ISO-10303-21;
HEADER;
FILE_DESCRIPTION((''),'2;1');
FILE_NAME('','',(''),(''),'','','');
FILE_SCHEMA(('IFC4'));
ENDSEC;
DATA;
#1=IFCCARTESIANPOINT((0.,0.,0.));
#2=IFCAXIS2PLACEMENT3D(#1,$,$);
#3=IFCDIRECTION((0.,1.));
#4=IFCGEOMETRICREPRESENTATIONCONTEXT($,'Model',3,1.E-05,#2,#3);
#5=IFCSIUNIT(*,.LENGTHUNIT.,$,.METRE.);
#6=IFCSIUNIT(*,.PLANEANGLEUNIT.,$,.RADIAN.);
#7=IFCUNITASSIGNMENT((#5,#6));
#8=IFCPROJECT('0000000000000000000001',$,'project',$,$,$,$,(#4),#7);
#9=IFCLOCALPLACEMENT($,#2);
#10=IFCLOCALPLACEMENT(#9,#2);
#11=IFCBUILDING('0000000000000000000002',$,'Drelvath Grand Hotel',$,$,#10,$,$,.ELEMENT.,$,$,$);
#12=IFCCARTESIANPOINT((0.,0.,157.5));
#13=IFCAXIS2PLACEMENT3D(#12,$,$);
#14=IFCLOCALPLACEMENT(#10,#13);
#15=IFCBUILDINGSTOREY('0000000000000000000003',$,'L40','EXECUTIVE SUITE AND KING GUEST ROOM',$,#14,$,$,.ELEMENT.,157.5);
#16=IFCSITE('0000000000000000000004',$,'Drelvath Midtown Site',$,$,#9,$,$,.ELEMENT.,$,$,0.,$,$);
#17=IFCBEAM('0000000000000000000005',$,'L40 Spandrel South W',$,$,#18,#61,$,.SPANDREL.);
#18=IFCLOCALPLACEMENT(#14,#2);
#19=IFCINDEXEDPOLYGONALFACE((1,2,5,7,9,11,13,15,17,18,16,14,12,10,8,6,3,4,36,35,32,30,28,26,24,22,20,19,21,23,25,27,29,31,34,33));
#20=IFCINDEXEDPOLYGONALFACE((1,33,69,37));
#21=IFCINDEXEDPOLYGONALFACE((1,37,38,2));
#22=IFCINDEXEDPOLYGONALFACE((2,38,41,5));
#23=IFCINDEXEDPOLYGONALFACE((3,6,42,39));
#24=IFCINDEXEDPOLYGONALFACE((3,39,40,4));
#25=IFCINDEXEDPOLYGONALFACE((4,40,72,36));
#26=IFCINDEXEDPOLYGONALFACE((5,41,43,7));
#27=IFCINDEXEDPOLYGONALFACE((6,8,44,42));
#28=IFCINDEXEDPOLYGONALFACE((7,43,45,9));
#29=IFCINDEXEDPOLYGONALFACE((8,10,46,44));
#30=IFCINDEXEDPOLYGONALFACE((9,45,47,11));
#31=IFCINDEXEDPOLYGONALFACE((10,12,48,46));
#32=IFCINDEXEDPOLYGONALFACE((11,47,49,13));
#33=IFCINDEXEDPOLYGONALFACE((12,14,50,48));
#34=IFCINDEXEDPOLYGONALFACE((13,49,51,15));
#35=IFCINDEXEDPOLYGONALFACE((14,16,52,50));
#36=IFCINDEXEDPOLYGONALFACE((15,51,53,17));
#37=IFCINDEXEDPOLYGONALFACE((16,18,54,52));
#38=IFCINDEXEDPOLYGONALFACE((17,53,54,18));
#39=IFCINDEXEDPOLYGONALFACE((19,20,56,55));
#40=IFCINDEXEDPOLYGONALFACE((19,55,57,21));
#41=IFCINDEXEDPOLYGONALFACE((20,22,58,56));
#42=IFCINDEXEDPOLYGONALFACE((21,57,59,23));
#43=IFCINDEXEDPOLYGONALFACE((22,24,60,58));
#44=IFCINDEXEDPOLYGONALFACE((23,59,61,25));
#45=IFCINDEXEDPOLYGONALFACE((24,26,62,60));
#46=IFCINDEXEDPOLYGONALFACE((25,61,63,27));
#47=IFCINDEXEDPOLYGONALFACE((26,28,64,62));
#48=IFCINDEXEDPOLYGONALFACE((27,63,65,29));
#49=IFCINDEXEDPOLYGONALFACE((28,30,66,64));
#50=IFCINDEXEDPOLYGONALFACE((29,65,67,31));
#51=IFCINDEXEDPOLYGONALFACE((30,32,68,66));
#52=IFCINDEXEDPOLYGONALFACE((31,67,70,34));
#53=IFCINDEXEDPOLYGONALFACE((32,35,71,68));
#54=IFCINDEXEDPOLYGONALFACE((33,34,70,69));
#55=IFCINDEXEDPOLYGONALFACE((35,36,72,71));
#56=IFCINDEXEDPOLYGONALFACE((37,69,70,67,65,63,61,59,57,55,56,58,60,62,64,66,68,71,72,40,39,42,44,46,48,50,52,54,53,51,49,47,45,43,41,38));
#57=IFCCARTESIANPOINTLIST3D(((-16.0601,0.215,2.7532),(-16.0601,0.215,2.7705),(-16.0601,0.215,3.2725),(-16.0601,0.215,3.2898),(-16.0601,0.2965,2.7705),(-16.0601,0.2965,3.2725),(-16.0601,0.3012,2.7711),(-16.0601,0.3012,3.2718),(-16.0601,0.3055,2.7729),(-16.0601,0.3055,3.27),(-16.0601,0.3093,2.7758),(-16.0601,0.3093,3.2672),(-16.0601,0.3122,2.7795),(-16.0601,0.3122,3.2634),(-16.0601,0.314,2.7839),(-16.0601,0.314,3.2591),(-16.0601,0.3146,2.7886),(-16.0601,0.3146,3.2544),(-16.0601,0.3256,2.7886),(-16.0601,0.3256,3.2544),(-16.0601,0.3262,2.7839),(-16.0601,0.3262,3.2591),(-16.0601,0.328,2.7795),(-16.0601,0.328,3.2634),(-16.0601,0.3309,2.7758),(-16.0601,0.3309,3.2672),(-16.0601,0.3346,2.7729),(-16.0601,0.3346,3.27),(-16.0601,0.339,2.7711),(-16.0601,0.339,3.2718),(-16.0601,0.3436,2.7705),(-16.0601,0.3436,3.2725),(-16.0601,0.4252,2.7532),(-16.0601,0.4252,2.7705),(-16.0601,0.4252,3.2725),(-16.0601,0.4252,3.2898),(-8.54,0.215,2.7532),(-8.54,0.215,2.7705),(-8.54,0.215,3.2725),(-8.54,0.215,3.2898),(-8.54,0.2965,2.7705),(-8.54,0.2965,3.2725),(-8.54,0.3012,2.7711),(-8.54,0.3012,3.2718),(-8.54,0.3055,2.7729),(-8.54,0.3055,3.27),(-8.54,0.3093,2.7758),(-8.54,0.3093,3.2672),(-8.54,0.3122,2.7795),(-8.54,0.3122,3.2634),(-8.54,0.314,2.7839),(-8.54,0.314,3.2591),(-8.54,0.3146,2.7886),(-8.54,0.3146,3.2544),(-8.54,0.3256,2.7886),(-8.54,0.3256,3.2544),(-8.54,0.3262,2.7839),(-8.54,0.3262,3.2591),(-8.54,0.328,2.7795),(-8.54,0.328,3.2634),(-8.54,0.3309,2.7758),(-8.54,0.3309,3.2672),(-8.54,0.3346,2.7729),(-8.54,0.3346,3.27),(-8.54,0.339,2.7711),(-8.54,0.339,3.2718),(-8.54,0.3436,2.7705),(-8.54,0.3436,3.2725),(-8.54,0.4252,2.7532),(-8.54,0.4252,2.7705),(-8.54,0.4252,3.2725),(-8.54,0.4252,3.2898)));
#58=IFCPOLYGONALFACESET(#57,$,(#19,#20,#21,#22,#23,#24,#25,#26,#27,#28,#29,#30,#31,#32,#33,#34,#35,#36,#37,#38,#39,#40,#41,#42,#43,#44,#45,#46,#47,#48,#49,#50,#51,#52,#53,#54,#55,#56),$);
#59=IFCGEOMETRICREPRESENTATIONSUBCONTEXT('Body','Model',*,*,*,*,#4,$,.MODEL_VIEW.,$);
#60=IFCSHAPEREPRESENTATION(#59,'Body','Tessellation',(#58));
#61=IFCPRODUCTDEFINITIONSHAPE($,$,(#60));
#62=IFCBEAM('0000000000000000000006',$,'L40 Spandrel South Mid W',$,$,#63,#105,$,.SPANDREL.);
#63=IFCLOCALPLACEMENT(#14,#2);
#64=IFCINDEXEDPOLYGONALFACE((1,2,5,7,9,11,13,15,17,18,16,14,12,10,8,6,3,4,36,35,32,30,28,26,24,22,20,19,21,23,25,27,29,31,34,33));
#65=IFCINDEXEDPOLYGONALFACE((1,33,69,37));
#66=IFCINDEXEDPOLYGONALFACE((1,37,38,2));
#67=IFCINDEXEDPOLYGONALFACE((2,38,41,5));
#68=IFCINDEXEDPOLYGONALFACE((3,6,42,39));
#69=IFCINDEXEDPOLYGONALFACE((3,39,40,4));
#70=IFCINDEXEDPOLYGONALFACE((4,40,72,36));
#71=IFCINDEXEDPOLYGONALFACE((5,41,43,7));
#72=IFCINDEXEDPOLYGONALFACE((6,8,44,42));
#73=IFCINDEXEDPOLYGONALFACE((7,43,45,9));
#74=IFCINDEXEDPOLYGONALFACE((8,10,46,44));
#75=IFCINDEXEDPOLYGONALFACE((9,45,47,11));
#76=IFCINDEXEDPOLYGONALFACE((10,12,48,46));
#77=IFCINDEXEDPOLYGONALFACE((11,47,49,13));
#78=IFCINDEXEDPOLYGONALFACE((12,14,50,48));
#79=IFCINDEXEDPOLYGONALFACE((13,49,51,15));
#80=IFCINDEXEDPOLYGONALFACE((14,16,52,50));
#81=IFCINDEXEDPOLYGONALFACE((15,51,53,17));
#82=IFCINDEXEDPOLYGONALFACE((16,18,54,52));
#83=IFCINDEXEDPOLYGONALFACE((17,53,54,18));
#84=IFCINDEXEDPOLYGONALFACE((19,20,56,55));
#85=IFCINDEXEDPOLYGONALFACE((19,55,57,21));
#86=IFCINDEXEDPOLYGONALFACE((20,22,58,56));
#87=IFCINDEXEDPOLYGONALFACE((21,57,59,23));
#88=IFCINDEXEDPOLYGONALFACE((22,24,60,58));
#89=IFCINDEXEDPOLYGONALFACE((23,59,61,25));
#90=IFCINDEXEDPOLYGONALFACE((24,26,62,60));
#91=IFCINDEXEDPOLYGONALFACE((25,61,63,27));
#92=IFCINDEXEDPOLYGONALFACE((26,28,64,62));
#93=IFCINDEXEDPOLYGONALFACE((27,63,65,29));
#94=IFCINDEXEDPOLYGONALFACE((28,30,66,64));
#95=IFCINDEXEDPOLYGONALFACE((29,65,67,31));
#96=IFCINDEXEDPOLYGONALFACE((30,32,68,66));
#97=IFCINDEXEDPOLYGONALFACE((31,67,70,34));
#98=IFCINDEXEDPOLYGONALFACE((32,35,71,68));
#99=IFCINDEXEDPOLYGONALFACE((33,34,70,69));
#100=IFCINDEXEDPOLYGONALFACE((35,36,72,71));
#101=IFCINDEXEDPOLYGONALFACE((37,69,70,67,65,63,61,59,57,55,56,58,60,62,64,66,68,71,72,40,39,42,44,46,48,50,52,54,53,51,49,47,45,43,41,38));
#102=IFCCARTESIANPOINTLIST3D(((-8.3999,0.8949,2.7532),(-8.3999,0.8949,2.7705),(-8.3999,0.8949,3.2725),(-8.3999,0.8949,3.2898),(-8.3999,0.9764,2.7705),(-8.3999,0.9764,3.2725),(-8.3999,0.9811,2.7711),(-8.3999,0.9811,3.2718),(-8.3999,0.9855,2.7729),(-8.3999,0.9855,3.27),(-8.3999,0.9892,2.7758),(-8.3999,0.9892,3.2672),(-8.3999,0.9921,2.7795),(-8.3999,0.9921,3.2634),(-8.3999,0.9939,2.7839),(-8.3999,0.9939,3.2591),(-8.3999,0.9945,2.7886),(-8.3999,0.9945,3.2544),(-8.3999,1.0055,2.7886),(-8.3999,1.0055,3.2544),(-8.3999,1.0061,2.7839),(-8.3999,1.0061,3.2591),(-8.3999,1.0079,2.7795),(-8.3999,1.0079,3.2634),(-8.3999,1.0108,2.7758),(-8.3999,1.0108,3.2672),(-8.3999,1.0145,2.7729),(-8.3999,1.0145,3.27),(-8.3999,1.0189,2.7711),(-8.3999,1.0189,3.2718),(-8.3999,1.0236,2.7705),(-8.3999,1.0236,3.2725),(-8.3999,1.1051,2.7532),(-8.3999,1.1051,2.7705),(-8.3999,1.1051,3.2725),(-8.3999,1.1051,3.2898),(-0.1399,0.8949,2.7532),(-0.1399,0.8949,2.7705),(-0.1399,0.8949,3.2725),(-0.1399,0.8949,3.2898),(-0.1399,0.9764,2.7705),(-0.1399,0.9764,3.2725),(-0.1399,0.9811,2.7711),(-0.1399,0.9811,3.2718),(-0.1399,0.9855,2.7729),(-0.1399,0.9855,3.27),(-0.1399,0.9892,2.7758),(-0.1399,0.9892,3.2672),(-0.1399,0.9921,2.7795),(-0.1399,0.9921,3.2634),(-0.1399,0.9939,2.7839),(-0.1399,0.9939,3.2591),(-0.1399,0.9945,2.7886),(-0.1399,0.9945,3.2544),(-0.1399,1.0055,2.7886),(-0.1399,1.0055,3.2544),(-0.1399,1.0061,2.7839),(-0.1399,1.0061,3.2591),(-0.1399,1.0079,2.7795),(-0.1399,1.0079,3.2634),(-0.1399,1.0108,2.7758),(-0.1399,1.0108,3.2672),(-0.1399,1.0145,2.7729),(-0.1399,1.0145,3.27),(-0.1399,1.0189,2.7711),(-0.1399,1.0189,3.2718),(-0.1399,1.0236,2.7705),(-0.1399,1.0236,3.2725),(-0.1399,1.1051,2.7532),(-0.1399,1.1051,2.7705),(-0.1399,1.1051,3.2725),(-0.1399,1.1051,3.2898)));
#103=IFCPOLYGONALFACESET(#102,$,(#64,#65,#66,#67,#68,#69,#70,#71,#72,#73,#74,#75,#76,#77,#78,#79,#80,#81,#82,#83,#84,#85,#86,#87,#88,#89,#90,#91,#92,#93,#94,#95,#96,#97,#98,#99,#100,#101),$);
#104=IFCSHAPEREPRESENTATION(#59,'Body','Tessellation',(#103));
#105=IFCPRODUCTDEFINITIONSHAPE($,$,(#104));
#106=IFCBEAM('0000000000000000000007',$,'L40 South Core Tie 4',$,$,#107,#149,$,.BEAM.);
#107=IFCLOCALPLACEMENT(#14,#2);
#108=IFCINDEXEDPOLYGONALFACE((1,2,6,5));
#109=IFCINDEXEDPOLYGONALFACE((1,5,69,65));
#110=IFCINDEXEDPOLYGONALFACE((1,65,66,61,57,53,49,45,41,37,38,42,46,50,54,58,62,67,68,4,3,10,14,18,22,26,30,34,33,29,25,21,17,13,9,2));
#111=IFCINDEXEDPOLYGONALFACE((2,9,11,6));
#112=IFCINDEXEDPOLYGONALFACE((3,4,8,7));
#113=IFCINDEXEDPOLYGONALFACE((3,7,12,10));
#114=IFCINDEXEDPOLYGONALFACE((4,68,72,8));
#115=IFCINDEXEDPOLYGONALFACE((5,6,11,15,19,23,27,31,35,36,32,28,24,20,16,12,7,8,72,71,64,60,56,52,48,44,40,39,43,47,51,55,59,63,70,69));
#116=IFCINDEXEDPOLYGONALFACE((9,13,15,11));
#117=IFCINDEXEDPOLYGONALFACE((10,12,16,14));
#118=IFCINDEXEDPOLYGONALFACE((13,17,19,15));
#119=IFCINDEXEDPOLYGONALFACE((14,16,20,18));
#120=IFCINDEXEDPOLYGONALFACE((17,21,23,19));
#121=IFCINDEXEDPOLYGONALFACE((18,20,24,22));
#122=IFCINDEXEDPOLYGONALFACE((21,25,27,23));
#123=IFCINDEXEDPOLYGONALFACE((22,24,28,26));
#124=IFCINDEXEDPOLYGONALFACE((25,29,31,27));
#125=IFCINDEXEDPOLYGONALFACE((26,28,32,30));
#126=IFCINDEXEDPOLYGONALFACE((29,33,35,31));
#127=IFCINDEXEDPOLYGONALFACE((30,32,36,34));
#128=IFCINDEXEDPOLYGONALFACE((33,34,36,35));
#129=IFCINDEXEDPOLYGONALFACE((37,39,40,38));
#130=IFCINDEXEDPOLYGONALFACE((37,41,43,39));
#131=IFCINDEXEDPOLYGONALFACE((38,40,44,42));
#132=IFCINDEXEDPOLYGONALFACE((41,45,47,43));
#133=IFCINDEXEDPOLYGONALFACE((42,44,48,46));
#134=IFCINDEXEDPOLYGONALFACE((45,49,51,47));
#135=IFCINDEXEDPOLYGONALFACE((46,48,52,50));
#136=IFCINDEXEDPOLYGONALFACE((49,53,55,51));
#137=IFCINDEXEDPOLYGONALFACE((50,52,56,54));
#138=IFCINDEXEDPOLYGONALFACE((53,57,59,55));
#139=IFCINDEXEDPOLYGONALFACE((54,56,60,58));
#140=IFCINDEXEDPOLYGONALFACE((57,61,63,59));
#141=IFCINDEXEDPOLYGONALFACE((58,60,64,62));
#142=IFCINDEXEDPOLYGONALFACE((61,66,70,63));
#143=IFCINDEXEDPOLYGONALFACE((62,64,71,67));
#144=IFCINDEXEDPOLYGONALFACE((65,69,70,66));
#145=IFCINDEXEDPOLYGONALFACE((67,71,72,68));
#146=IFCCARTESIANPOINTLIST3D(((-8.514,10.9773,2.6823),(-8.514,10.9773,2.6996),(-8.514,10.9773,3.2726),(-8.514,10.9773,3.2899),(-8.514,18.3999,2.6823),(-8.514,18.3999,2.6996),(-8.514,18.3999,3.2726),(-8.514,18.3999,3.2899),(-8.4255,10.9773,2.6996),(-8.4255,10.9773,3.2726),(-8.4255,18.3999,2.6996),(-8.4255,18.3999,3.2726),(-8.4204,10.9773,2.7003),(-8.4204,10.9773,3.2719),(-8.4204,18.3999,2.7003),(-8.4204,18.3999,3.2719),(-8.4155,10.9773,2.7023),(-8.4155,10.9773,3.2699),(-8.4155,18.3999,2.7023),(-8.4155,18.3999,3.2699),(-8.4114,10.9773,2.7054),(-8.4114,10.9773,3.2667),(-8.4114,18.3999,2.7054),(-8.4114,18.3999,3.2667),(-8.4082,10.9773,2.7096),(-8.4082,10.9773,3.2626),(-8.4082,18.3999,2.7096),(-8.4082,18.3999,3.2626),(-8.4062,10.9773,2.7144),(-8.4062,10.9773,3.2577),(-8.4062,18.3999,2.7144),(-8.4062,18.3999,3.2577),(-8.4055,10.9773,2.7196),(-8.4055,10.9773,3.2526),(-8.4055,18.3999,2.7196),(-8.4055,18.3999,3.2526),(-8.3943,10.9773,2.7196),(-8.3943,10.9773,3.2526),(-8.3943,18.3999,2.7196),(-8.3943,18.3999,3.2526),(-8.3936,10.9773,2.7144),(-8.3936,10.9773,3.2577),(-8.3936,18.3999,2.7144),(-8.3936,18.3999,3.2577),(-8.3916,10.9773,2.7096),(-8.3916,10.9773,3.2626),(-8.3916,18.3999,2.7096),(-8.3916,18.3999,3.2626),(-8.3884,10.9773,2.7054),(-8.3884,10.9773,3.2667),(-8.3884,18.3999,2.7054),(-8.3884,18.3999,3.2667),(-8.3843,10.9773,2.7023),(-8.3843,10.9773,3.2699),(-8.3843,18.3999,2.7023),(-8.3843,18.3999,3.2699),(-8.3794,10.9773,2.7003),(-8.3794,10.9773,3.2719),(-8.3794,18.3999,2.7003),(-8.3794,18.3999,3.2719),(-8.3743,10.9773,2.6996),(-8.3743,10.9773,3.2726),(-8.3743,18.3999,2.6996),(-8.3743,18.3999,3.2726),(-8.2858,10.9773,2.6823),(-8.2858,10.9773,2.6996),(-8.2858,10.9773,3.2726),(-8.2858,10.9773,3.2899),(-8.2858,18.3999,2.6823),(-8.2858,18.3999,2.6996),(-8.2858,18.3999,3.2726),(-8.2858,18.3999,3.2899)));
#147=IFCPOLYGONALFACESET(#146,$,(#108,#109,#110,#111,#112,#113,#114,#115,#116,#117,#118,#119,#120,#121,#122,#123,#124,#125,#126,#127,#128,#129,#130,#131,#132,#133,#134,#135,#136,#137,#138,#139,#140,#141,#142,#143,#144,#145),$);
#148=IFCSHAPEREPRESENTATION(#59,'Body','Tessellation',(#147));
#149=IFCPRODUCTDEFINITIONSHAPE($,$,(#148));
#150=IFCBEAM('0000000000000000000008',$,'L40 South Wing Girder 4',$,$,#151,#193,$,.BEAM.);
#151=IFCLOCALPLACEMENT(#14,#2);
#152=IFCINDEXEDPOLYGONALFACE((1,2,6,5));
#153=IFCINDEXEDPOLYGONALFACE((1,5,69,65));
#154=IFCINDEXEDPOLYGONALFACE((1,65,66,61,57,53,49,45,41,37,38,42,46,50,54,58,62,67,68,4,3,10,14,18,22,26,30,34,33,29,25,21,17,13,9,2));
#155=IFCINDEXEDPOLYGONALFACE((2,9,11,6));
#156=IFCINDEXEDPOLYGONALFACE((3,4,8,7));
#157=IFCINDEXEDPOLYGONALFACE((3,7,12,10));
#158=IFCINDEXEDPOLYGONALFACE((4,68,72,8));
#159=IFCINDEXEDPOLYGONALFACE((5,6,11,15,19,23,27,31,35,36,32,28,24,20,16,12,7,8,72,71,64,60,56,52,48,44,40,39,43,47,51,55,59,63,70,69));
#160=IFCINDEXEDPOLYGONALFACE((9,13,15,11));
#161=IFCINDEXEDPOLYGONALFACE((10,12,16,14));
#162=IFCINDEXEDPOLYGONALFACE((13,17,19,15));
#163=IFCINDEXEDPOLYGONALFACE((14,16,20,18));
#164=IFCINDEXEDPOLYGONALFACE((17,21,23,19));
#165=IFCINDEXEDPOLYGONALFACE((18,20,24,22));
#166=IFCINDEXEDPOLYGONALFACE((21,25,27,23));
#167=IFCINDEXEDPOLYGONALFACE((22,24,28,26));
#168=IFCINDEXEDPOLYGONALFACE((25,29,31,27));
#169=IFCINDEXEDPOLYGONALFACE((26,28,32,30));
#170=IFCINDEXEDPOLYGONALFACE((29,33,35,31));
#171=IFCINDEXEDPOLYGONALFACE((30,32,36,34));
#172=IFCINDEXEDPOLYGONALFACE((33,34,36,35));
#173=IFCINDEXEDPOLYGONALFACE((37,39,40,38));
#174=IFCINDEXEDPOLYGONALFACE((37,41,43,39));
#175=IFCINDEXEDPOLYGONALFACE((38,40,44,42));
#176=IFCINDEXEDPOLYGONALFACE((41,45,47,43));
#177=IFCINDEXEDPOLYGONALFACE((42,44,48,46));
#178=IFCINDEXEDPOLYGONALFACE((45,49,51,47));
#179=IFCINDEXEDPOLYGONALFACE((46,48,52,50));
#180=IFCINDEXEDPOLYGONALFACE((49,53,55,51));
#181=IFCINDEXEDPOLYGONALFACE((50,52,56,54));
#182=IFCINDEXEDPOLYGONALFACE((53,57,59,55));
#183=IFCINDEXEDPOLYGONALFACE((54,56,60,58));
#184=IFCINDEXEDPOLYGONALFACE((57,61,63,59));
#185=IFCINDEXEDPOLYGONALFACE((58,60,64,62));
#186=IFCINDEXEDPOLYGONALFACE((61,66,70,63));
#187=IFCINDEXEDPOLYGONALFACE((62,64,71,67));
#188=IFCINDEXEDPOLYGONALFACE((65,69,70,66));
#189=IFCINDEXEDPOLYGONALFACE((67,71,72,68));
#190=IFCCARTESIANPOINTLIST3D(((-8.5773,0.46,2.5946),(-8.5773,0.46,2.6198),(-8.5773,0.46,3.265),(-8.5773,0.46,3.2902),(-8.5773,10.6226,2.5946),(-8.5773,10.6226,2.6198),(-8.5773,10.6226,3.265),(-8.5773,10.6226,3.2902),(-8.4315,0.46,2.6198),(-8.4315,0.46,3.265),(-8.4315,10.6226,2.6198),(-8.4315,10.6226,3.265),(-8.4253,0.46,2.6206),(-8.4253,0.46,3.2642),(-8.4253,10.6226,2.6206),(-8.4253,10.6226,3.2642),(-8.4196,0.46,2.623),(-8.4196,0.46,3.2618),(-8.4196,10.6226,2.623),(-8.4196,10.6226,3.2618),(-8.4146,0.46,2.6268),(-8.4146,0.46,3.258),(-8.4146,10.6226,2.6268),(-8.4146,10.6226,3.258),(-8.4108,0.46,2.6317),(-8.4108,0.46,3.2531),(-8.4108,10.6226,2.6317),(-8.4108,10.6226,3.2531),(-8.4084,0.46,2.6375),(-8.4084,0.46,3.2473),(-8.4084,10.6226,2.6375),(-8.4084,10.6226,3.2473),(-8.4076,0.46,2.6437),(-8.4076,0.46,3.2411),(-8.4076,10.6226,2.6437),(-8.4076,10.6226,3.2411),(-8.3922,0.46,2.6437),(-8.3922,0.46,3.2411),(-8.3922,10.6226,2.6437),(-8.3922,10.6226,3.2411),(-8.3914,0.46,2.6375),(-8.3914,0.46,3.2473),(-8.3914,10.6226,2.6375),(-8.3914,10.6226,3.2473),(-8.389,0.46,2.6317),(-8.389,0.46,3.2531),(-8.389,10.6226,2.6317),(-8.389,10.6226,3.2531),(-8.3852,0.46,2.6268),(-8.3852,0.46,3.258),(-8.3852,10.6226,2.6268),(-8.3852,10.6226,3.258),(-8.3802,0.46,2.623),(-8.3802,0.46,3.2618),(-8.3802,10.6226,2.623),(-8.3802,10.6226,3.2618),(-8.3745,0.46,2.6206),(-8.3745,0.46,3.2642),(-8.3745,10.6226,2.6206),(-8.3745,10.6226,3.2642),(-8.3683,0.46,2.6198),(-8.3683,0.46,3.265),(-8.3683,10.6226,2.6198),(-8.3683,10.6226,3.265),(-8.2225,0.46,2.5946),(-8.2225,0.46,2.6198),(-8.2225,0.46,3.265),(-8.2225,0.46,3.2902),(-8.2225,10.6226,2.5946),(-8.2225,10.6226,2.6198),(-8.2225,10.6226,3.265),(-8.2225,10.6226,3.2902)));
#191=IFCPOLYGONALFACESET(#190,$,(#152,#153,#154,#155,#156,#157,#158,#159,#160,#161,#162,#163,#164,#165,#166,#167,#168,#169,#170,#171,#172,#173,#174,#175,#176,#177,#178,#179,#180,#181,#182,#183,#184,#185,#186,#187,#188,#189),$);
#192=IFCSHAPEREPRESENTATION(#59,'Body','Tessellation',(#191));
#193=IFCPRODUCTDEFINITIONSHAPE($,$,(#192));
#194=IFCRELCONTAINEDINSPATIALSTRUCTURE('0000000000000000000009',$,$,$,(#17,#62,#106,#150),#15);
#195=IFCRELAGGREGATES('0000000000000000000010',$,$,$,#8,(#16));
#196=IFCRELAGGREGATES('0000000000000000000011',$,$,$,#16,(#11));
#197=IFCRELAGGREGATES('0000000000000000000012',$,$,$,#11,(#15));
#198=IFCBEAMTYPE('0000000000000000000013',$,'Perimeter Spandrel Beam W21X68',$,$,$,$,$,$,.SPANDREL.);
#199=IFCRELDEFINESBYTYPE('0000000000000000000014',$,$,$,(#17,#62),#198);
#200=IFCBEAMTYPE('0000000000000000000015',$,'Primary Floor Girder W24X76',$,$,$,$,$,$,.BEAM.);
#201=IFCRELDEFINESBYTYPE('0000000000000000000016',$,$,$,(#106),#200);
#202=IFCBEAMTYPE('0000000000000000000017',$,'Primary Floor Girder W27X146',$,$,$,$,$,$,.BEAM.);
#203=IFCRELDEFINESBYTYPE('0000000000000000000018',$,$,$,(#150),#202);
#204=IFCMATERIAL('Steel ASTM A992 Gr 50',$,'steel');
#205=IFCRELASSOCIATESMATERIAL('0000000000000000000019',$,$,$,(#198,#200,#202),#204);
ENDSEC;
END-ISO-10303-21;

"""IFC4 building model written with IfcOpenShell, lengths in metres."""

from ifc_helpers import new_model, si_unit, direction, frame, origin, origin_2d, place, context, subcontext, project, spatial, i_section, extrude, material, material_profile, profile_set, type_object, element, save


model = new_model("IFC4")

# Units and contexts
model_context = context("Model", 3, precision=1e-05, world=origin(), true_north=direction((0.0, 1.0)))
body_context = subcontext(model_context, "Body", "Model", "MODEL_VIEW")
ifc_project = project(units=[si_unit("LENGTHUNIT", "METRE"), si_unit("PLANEANGLEUNIT", "RADIAN")], contexts=[model_context])

# Site, building, storey
site_placement = place(None, origin())
site = spatial("IfcSite", under=ifc_project, at=site_placement, Name="Drelvath Midtown Site", CompositionType="ELEMENT", RefElevation=0.0)
building_placement = place(site_placement, origin())
building = spatial("IfcBuilding", under=site, at=building_placement, Name="Drelvath Grand Hotel", CompositionType="ELEMENT")
storey_placement = place(building_placement, frame((0.0, 0.0, 157.5)))
storey = spatial("IfcBuildingStorey", under=building, at=storey_placement, Name="L40", Description="EXECUTIVE SUITE AND KING GUEST ROOM", CompositionType="ELEMENT", Elevation=157.5)

# Shared definitions
ifc_material_1 = material(Name="Steel ASTM A992 Gr 50", Category="steel")

# Beams
ifc_material_profile_1 = material_profile(ifc_material_1, i_section(OverallWidth=0.2102, OverallDepth=0.5366, WebThickness=0.011, FlangeThickness=0.0173, FilletRadius=0.0181, at=origin_2d()), Name="W21X68")
ifc_profile_set_1 = profile_set([ifc_material_profile_1], Name="Steel ASTM A992 Gr 50")
beam_type_1 = type_object("IfcBeamType", Name="Perimeter Spandrel Beam W21X68", PredefinedType="SPANDREL", material=ifc_profile_set_1)
beam_1_placement = place(storey_placement, frame((-16.0601, 0.3201, 3.0215), z_axis=(1.0, 0.0, 0.0), x_axis=(0.0, 1.0, 0.0)))
element("IfcBeam", 1, at=beam_1_placement, inside=storey, type_object=beam_type_1, Name="L40 Spandrel South W", PredefinedType="SPANDREL", context=body_context, shape_type="SweptSolid", body=[
    extrude(i_section(OverallWidth=0.2102, OverallDepth=0.5366, WebThickness=0.011, FlangeThickness=0.0173, FilletRadius=0.0181, at=origin_2d()), origin(), (0.0, 0.0, 1.0), 7.52),
])
beam_2_placement = place(storey_placement, frame((-8.3999, 1.0, 3.0215), z_axis=(1.0, 0.0, 0.0), x_axis=(0.0, 1.0, 0.0)))
element("IfcBeam", 2, at=beam_2_placement, inside=storey, type_object=beam_type_1, Name="L40 Spandrel South Mid W", PredefinedType="SPANDREL", context=body_context, shape_type="SweptSolid", body=[
    extrude(i_section(OverallWidth=0.2102, OverallDepth=0.5366, WebThickness=0.011, FlangeThickness=0.0173, FilletRadius=0.0181, at=origin_2d()), origin(), (0.0, 0.0, 1.0), 8.26),
])
ifc_material_profile_2 = material_profile(ifc_material_1, i_section(OverallWidth=0.2283, OverallDepth=0.6077, WebThickness=0.0112, FlangeThickness=0.0173, FilletRadius=0.02, at=origin_2d()), Name="W24X76")
ifc_profile_set_2 = profile_set([ifc_material_profile_2], Name="Steel ASTM A992 Gr 50")
beam_type_2 = type_object("IfcBeamType", Name="Primary Floor Girder W24X76", PredefinedType="BEAM", material=ifc_profile_set_2)
beam_3_placement = place(storey_placement, frame((-8.3999, 10.9773, 2.9861), z_axis=(0.0, 1.0, 0.0), x_axis=(-1.0, 0.0, 0.0)))
element("IfcBeam", 3, at=beam_3_placement, inside=storey, type_object=beam_type_2, Name="L40 South Core Tie 4", PredefinedType="BEAM", context=body_context, shape_type="SweptSolid", body=[
    extrude(i_section(OverallWidth=0.2283, OverallDepth=0.6077, WebThickness=0.0112, FlangeThickness=0.0173, FilletRadius=0.02, at=origin_2d()), origin(), (0.0, 0.0, 1.0), 7.4226),
])
ifc_material_profile_3 = material_profile(ifc_material_1, i_section(OverallWidth=0.3547, OverallDepth=0.6956, WebThickness=0.0154, FlangeThickness=0.0251, FilletRadius=0.0239, at=origin_2d()), Name="W27X146")
ifc_profile_set_3 = profile_set([ifc_material_profile_3], Name="Steel ASTM A992 Gr 50")
beam_type_3 = type_object("IfcBeamType", Name="Primary Floor Girder W27X146", PredefinedType="BEAM", material=ifc_profile_set_3)
beam_4_placement = place(storey_placement, frame((-8.3999, 0.46, 2.9424), z_axis=(0.0, 1.0, 0.0), x_axis=(-1.0, 0.0, 0.0)))
element("IfcBeam", 4, at=beam_4_placement, inside=storey, type_object=beam_type_3, Name="L40 South Wing Girder 4", PredefinedType="BEAM", context=body_context, shape_type="SweptSolid", body=[
    extrude(i_section(OverallWidth=0.3547, OverallDepth=0.6956, WebThickness=0.0154, FlangeThickness=0.0251, FilletRadius=0.0239, at=origin_2d()), origin(), (0.0, 0.0, 1.0), 10.1626),
])

save(model, "model.ifc")
